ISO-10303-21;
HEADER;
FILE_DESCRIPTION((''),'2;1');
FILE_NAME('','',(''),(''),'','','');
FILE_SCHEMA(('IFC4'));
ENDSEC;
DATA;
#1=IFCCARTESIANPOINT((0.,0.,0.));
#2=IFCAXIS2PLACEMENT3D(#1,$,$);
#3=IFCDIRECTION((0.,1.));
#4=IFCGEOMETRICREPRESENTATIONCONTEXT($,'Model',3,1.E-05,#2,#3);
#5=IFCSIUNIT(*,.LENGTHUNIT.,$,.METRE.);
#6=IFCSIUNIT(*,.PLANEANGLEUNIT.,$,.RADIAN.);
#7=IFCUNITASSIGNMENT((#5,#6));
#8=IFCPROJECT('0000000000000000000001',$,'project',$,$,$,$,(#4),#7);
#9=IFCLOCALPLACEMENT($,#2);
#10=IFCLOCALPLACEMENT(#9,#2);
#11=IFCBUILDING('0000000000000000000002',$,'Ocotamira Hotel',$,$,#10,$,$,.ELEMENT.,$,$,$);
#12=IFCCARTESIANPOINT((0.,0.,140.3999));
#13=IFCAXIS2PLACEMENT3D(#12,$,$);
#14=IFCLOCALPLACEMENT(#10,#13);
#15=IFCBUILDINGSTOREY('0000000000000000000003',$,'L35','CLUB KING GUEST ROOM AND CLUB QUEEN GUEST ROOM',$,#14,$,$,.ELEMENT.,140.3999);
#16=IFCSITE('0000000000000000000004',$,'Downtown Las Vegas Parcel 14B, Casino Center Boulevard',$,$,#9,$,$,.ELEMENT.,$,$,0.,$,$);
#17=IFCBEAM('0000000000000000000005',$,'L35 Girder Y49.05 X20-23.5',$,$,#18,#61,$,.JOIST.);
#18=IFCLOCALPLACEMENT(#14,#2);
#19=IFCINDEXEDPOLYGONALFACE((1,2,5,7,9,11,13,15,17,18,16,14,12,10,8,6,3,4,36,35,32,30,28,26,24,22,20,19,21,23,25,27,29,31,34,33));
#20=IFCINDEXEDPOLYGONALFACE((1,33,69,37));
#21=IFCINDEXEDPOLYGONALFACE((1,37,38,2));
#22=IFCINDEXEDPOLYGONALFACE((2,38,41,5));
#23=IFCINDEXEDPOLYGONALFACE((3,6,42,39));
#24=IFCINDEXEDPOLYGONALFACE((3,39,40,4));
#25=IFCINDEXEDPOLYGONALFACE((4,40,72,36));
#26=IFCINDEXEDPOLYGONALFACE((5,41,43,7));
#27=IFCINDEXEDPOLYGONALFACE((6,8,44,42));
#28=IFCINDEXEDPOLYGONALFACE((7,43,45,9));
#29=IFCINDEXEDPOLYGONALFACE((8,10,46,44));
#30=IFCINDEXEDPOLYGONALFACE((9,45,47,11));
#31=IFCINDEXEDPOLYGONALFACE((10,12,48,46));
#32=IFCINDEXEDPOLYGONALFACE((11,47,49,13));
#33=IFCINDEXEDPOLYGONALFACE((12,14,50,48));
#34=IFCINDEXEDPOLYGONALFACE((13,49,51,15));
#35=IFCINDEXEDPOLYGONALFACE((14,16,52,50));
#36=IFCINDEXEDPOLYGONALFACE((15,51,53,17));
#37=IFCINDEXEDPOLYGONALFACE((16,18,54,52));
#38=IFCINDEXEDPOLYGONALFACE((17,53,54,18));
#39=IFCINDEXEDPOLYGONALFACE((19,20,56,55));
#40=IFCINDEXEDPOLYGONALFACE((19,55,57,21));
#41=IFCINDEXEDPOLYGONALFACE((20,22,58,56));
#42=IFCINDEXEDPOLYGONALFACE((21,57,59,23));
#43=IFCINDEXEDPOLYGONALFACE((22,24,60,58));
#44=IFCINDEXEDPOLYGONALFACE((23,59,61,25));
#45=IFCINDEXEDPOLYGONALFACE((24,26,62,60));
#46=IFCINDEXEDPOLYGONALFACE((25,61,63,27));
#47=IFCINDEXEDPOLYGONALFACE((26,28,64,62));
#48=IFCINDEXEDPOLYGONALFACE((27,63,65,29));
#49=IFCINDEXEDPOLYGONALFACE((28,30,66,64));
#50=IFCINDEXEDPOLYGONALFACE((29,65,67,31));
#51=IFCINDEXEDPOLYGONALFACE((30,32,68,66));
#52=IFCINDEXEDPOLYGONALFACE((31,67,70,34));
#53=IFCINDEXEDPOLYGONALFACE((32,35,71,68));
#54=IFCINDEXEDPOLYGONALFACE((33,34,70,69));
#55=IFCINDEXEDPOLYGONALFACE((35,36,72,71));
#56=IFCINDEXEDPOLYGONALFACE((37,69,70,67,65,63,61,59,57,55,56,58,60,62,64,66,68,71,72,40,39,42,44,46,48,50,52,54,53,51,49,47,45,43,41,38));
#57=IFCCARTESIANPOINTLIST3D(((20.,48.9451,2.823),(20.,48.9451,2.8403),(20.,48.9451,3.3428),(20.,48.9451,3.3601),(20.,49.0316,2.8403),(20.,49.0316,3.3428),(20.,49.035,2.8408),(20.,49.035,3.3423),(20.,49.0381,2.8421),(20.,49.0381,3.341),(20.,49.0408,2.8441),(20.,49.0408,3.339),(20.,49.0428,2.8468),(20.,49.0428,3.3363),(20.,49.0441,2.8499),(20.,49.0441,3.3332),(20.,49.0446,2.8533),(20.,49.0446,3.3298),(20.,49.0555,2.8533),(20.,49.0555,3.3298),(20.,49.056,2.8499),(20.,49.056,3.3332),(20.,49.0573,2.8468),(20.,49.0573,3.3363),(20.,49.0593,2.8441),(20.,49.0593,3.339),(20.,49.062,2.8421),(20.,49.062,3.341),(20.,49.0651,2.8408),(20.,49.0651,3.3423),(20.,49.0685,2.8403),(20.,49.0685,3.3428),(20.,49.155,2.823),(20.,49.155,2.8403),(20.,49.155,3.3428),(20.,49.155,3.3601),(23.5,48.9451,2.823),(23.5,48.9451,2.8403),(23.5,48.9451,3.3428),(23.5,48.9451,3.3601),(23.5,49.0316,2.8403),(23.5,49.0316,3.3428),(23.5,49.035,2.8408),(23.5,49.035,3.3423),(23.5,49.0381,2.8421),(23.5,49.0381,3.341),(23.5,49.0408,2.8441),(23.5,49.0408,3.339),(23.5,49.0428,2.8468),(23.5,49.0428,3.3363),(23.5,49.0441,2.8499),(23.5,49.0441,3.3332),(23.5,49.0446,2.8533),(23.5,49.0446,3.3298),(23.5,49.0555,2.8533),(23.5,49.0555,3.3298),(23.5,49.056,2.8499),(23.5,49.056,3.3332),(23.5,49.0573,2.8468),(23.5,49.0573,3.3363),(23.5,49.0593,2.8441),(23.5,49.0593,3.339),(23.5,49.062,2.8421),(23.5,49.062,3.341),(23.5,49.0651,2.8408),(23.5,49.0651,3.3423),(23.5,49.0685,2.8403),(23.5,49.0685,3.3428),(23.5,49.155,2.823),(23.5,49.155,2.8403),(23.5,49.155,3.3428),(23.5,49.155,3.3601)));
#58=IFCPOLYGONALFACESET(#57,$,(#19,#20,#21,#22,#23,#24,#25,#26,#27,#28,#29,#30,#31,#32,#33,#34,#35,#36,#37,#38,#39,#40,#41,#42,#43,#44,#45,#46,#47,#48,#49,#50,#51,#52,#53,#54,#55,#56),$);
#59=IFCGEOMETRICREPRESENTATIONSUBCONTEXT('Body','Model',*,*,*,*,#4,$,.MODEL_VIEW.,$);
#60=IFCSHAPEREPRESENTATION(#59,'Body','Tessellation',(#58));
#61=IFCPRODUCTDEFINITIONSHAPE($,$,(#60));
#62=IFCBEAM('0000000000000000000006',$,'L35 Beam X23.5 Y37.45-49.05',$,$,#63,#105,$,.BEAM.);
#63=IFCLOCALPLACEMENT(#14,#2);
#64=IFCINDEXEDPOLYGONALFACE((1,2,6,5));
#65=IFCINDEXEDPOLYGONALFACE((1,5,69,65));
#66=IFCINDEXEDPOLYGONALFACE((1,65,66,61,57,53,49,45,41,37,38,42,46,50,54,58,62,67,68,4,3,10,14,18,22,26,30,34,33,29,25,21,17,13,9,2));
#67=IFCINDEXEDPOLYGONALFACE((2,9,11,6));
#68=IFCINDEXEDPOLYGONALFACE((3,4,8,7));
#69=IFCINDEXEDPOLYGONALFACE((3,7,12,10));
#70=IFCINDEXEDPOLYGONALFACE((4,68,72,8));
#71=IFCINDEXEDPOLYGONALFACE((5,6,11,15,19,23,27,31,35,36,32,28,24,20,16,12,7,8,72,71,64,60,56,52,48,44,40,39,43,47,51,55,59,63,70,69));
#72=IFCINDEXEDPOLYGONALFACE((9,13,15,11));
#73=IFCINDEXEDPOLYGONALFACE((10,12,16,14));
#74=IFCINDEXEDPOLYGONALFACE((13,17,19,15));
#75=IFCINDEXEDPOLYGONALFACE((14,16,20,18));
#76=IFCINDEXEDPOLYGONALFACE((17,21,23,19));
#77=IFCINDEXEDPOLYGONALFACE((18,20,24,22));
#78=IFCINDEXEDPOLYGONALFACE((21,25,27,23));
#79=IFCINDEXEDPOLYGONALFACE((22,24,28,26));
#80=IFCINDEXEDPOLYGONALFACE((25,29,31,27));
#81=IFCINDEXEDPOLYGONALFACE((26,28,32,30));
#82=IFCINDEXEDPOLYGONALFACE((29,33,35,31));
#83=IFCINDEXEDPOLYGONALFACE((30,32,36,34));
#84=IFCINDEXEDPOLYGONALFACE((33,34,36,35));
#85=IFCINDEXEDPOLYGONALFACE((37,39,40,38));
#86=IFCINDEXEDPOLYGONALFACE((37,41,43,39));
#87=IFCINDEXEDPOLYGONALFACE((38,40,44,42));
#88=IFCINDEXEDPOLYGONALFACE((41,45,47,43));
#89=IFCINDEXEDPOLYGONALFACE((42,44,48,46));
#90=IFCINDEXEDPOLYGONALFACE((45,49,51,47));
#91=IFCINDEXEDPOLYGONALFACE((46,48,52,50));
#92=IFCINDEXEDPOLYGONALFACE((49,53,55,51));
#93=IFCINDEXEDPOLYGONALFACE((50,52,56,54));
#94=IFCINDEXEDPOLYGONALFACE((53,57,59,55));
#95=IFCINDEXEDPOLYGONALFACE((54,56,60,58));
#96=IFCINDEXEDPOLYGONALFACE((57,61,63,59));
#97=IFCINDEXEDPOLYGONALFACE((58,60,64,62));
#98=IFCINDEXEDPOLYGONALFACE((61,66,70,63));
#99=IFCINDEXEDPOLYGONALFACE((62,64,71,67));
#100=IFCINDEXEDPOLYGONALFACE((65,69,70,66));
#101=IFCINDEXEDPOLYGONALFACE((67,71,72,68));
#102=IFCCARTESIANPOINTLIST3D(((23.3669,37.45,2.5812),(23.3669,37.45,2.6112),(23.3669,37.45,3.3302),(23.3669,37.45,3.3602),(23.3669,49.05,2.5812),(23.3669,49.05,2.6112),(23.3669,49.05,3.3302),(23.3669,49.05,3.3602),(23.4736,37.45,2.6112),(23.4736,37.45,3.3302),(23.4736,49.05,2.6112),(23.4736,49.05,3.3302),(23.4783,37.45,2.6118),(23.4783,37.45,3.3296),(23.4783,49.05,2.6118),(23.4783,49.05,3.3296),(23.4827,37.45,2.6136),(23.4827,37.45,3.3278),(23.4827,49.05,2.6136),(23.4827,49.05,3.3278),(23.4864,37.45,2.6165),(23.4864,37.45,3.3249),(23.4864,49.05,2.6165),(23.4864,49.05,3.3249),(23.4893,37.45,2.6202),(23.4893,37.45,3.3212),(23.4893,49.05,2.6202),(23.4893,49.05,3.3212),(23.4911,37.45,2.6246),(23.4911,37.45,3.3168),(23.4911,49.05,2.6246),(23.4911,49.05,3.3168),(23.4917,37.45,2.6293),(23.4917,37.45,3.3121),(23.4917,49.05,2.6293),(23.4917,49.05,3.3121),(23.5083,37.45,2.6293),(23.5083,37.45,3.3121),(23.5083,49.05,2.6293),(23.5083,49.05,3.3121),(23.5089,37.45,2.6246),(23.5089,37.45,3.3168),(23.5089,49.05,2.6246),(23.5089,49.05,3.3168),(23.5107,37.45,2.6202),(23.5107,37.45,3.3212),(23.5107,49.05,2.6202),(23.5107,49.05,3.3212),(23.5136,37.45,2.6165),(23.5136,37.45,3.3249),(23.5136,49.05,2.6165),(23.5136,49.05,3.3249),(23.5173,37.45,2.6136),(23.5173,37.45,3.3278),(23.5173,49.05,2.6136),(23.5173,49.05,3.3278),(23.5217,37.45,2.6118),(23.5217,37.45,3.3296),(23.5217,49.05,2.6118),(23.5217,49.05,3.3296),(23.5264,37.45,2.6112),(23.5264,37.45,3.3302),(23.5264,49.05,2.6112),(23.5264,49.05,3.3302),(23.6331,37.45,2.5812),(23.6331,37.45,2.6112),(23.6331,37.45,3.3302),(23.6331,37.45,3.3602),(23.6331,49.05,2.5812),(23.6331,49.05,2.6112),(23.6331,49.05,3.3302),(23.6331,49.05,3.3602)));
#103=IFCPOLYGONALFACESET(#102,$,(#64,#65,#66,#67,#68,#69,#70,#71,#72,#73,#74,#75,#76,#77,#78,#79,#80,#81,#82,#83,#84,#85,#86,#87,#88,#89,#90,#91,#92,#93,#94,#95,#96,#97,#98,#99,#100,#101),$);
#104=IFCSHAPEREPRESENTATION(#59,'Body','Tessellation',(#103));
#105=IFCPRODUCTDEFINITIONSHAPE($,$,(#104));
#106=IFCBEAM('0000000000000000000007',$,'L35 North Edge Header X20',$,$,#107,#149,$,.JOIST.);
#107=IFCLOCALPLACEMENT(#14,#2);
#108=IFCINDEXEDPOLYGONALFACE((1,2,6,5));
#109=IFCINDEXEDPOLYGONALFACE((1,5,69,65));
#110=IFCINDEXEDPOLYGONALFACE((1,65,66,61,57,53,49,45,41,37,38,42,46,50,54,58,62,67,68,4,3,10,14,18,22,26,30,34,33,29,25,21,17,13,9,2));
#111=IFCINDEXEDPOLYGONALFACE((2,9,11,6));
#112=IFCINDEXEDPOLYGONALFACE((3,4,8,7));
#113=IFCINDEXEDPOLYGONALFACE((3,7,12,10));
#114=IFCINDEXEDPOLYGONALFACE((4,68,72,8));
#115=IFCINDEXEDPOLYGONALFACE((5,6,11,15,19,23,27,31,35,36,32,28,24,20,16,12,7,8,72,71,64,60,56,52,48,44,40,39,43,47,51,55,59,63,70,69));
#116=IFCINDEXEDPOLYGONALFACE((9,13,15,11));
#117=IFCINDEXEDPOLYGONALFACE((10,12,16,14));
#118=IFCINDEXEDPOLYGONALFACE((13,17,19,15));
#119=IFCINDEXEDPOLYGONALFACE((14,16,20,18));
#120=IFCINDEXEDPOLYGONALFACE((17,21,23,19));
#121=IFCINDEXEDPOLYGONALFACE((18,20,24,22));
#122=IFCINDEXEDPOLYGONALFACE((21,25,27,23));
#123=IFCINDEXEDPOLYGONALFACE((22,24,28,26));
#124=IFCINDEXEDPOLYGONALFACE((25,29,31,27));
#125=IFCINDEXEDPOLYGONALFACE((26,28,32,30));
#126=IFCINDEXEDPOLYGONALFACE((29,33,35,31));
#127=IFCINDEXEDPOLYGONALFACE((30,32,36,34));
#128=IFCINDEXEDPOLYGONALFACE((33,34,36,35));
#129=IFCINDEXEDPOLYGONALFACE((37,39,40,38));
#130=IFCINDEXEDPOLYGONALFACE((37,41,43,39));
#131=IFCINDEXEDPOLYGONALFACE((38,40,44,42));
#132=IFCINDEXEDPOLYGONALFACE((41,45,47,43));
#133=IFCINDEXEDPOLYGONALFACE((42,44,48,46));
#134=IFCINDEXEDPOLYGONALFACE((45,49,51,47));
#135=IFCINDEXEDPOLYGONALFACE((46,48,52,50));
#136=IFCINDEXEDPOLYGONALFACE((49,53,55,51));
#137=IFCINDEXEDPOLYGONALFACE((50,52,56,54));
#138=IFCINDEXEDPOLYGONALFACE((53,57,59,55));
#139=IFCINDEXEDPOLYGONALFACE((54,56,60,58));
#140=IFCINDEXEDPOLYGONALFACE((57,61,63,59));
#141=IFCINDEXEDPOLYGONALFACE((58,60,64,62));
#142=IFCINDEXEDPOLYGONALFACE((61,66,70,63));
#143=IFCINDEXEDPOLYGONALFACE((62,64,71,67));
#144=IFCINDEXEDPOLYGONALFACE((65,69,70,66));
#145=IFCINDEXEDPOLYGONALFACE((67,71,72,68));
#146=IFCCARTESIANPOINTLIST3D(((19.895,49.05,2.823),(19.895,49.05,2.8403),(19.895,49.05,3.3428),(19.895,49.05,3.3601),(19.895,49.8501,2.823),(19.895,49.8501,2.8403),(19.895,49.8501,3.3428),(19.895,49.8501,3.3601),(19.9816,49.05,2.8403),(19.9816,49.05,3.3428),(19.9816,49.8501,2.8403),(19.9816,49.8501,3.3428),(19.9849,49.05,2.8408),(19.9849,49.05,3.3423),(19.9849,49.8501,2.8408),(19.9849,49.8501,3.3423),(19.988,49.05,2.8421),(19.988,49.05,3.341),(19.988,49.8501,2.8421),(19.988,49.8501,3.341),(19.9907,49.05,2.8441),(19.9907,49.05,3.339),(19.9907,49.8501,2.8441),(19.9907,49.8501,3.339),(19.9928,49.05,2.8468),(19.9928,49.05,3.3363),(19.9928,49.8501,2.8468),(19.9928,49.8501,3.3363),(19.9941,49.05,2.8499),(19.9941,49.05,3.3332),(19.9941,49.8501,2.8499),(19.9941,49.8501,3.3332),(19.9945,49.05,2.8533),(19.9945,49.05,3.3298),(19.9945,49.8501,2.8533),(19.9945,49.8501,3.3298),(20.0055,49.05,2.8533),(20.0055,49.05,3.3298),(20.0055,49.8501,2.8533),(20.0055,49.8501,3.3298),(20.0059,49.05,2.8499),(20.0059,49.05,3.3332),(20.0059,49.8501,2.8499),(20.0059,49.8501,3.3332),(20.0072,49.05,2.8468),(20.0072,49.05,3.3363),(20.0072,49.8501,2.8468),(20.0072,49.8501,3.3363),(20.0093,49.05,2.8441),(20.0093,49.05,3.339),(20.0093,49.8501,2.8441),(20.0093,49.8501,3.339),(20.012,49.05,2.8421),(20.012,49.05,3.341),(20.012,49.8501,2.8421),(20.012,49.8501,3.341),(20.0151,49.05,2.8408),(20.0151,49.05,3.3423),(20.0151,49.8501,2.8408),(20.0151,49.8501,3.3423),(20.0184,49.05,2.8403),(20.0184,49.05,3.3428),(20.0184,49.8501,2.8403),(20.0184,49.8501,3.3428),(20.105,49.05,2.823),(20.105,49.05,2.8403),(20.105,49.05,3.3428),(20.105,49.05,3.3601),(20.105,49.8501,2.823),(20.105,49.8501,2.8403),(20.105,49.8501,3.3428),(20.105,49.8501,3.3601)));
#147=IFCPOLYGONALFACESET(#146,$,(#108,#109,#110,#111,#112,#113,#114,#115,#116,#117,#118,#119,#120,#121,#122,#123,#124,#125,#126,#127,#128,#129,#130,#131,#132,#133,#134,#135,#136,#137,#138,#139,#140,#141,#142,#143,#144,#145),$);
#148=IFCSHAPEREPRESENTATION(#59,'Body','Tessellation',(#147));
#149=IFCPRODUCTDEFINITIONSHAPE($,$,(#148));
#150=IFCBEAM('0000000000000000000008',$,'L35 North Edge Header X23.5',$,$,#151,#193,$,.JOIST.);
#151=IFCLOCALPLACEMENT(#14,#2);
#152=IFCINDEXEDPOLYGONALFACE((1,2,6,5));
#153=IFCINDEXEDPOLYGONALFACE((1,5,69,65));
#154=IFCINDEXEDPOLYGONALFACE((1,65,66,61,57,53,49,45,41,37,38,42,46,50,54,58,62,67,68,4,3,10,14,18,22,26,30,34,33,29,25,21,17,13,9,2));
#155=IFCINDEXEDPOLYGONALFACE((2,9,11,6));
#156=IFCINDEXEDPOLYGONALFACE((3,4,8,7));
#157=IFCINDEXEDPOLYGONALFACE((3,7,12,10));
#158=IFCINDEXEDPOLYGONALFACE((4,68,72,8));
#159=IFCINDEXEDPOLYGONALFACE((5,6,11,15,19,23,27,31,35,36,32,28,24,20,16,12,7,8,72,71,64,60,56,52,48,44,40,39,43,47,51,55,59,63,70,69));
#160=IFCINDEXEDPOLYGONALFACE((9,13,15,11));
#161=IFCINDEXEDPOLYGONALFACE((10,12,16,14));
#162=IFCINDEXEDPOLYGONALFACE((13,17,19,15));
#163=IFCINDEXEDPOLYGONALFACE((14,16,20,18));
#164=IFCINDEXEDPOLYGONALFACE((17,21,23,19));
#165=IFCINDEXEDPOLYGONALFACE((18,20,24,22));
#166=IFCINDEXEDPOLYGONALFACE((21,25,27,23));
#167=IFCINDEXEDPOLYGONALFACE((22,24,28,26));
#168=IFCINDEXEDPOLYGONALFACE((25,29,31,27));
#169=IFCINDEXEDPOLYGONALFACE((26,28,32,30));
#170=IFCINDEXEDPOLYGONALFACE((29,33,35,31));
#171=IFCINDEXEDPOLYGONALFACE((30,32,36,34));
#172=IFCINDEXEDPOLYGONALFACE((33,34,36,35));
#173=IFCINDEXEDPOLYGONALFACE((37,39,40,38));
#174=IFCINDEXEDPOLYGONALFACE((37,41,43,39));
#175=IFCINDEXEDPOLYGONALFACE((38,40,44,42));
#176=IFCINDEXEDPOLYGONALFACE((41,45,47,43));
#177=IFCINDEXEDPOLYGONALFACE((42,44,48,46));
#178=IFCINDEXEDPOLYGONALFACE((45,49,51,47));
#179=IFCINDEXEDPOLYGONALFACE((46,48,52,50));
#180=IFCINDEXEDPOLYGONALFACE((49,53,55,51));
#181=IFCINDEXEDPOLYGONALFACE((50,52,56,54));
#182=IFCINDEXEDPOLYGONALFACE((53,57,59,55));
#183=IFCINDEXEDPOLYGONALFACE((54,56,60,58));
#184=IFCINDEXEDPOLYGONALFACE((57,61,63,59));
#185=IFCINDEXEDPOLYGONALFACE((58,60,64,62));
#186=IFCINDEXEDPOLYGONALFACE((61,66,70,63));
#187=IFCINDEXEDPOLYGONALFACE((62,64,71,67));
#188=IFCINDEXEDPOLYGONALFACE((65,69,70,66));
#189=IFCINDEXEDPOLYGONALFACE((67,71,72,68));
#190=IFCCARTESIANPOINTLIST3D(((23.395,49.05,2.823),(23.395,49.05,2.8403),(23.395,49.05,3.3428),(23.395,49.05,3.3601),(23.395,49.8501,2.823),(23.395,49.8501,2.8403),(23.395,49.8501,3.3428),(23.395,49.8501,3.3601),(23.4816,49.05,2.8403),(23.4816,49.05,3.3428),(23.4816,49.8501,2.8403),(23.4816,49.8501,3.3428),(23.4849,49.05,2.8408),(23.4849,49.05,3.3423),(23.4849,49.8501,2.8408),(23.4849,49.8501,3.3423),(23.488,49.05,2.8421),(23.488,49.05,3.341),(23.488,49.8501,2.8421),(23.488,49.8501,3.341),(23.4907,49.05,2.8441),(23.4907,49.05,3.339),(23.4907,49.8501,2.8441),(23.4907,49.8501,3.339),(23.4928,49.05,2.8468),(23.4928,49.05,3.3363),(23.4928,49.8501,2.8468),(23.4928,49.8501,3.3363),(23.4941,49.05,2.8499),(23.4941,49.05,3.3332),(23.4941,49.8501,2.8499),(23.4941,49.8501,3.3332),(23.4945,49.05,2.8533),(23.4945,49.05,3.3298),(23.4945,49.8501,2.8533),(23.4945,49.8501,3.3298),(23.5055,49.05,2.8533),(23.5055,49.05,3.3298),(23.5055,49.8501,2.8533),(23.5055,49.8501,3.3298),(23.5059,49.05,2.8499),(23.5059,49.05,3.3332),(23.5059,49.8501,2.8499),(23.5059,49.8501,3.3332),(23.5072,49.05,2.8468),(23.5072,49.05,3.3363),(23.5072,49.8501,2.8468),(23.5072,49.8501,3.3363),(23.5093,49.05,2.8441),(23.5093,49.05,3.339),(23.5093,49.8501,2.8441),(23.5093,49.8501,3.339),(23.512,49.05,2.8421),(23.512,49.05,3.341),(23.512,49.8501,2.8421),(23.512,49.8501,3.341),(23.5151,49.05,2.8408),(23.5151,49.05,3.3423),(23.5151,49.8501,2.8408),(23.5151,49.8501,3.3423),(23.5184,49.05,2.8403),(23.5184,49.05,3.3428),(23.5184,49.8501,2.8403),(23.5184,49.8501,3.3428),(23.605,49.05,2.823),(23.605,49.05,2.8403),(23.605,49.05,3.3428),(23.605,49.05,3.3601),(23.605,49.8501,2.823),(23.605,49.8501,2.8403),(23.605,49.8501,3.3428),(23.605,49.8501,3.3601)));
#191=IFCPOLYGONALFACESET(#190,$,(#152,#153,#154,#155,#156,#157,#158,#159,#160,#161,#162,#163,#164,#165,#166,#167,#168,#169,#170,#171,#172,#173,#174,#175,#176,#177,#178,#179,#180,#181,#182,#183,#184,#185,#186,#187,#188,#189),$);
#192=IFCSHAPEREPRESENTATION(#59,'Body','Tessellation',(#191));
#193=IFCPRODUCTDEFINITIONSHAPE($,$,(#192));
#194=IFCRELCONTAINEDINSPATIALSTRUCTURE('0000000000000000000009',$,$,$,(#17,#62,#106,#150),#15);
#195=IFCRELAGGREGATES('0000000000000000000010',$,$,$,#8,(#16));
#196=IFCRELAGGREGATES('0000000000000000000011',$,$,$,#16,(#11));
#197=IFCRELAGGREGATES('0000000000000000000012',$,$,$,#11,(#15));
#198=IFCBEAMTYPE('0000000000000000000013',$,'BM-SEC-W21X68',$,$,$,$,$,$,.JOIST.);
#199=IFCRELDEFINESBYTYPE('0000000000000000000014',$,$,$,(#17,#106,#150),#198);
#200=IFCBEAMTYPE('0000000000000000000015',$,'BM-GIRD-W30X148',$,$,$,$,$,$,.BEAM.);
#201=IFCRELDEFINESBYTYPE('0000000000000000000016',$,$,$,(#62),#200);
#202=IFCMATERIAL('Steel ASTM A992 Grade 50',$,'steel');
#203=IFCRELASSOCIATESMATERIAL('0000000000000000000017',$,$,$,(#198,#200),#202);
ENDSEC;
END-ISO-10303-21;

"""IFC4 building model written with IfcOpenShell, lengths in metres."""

from ifc_helpers import new_model, si_unit, direction, frame, origin, origin_2d, place, context, subcontext, project, spatial, i_section, extrude, source, transform, mapped, material, material_profile, profile_set, type_object, element, save


model = new_model("IFC4")

# Units and contexts
model_context = context("Model", 3, precision=1e-05, world=origin(), true_north=direction((0.0, 1.0)))
body_context = subcontext(model_context, "Body", "Model", "MODEL_VIEW")
ifc_project = project(units=[si_unit("LENGTHUNIT", "METRE"), si_unit("PLANEANGLEUNIT", "RADIAN")], contexts=[model_context])

# Site, building, storey
site_placement = place(None, origin())
site = spatial("IfcSite", under=ifc_project, at=site_placement, Name="Downtown Las Vegas Parcel 14B, Casino Center Boulevard", CompositionType="ELEMENT", RefElevation=0.0)
building_placement = place(site_placement, origin())
building = spatial("IfcBuilding", under=site, at=building_placement, Name="Ocotamira Hotel", CompositionType="ELEMENT")
storey_placement = place(building_placement, frame((0.0, 0.0, 140.3999)))
storey = spatial("IfcBuildingStorey", under=building, at=storey_placement, Name="L35", Description="CLUB KING GUEST ROOM AND CLUB QUEEN GUEST ROOM", CompositionType="ELEMENT", Elevation=140.3999)

# Beams
ifc_material_1 = material(Name="Steel ASTM A992 Grade 50", Category="steel")
ifc_material_profile_1 = material_profile(ifc_material_1, i_section(OverallWidth=0.21, OverallDepth=0.5371, WebThickness=0.011, FlangeThickness=0.0173, FilletRadius=0.0129, at=origin_2d()), Name="W21X68")
ifc_profile_set_1 = profile_set([ifc_material_profile_1], Name="Steel ASTM A992 Grade 50")
beam_type_1 = type_object("IfcBeamType", Name="BM-SEC-W21X68", PredefinedType="JOIST", material=ifc_profile_set_1)
shared_shape_1 = source(origin(), body_context, "Body", "SweptSolid", [
    extrude(i_section(OverallWidth=0.21, OverallDepth=0.5371, WebThickness=0.011, FlangeThickness=0.0173, FilletRadius=0.0129, at=origin_2d()), origin(), (0.0, 0.0, 1.0), 3.5),
])
beam_1_placement = place(storey_placement, frame((20.0, 49.05, 3.0916), z_axis=(1.0, 0.0, 0.0), x_axis=(0.0, 1.0, 0.0)))
element("IfcBeam", 1, at=beam_1_placement, inside=storey, type_object=beam_type_1, Name="L35 Girder Y49.05 X20-23.5", PredefinedType="JOIST", context=body_context, shape_type="MappedRepresentation", body=[
    mapped(shared_shape_1, transform((0.0, 0.0, 0.0), scale=1.0)),
])
ifc_material_profile_2 = material_profile(ifc_material_1, i_section(OverallWidth=0.2661, OverallDepth=0.7791, WebThickness=0.0166, FlangeThickness=0.03, FilletRadius=0.0181, at=origin_2d()), Name="W30X148")
ifc_profile_set_2 = profile_set([ifc_material_profile_2], Name="Steel ASTM A992 Grade 50")
beam_type_2 = type_object("IfcBeamType", Name="BM-GIRD-W30X148", PredefinedType="BEAM", material=ifc_profile_set_2)
shared_shape_2 = source(origin(), body_context, "Body", "SweptSolid", [
    extrude(i_section(OverallWidth=0.2661, OverallDepth=0.7791, WebThickness=0.0166, FlangeThickness=0.03, FilletRadius=0.0181, at=origin_2d()), origin(), (0.0, 0.0, 1.0), 11.6001),
])
beam_2_placement = place(storey_placement, frame((23.5, 37.45, 2.9707), z_axis=(0.0, 1.0, 0.0), x_axis=(-1.0, 0.0, 0.0)))
element("IfcBeam", 2, at=beam_2_placement, inside=storey, type_object=beam_type_2, Name="L35 Beam X23.5 Y37.45-49.05", PredefinedType="BEAM", context=body_context, shape_type="MappedRepresentation", body=[
    mapped(shared_shape_2, transform((0.0, 0.0, 0.0), scale=1.0)),
])
shared_shape_3 = source(origin(), body_context, "Body", "SweptSolid", [
    extrude(i_section(OverallWidth=0.21, OverallDepth=0.5371, WebThickness=0.011, FlangeThickness=0.0173, FilletRadius=0.0129, at=origin_2d()), origin(), (0.0, 0.0, 1.0), 0.8),
])
for number, where, z_axis, x_axis, name in (
    (3, (20.0, 49.05, 3.0916), (0.0, 1.0, 0.0), (-1.0, 0.0, 0.0), "L35 North Edge Header X20"),
    (4, (23.5, 49.05, 3.0916), (0.0, 1.0, 0.0), (-1.0, 0.0, 0.0), "L35 North Edge Header X23.5"),
):
    element("IfcBeam", number, at=place(storey_placement, frame(where, z_axis=z_axis, x_axis=x_axis)), inside=storey, type_object=beam_type_1, Name=name, PredefinedType="JOIST", context=body_context, shape_type="MappedRepresentation", body=[
        mapped(shared_shape_3, transform((0.0, 0.0, 0.0), scale=1.0)),
    ])

save(model, "model.ifc")
